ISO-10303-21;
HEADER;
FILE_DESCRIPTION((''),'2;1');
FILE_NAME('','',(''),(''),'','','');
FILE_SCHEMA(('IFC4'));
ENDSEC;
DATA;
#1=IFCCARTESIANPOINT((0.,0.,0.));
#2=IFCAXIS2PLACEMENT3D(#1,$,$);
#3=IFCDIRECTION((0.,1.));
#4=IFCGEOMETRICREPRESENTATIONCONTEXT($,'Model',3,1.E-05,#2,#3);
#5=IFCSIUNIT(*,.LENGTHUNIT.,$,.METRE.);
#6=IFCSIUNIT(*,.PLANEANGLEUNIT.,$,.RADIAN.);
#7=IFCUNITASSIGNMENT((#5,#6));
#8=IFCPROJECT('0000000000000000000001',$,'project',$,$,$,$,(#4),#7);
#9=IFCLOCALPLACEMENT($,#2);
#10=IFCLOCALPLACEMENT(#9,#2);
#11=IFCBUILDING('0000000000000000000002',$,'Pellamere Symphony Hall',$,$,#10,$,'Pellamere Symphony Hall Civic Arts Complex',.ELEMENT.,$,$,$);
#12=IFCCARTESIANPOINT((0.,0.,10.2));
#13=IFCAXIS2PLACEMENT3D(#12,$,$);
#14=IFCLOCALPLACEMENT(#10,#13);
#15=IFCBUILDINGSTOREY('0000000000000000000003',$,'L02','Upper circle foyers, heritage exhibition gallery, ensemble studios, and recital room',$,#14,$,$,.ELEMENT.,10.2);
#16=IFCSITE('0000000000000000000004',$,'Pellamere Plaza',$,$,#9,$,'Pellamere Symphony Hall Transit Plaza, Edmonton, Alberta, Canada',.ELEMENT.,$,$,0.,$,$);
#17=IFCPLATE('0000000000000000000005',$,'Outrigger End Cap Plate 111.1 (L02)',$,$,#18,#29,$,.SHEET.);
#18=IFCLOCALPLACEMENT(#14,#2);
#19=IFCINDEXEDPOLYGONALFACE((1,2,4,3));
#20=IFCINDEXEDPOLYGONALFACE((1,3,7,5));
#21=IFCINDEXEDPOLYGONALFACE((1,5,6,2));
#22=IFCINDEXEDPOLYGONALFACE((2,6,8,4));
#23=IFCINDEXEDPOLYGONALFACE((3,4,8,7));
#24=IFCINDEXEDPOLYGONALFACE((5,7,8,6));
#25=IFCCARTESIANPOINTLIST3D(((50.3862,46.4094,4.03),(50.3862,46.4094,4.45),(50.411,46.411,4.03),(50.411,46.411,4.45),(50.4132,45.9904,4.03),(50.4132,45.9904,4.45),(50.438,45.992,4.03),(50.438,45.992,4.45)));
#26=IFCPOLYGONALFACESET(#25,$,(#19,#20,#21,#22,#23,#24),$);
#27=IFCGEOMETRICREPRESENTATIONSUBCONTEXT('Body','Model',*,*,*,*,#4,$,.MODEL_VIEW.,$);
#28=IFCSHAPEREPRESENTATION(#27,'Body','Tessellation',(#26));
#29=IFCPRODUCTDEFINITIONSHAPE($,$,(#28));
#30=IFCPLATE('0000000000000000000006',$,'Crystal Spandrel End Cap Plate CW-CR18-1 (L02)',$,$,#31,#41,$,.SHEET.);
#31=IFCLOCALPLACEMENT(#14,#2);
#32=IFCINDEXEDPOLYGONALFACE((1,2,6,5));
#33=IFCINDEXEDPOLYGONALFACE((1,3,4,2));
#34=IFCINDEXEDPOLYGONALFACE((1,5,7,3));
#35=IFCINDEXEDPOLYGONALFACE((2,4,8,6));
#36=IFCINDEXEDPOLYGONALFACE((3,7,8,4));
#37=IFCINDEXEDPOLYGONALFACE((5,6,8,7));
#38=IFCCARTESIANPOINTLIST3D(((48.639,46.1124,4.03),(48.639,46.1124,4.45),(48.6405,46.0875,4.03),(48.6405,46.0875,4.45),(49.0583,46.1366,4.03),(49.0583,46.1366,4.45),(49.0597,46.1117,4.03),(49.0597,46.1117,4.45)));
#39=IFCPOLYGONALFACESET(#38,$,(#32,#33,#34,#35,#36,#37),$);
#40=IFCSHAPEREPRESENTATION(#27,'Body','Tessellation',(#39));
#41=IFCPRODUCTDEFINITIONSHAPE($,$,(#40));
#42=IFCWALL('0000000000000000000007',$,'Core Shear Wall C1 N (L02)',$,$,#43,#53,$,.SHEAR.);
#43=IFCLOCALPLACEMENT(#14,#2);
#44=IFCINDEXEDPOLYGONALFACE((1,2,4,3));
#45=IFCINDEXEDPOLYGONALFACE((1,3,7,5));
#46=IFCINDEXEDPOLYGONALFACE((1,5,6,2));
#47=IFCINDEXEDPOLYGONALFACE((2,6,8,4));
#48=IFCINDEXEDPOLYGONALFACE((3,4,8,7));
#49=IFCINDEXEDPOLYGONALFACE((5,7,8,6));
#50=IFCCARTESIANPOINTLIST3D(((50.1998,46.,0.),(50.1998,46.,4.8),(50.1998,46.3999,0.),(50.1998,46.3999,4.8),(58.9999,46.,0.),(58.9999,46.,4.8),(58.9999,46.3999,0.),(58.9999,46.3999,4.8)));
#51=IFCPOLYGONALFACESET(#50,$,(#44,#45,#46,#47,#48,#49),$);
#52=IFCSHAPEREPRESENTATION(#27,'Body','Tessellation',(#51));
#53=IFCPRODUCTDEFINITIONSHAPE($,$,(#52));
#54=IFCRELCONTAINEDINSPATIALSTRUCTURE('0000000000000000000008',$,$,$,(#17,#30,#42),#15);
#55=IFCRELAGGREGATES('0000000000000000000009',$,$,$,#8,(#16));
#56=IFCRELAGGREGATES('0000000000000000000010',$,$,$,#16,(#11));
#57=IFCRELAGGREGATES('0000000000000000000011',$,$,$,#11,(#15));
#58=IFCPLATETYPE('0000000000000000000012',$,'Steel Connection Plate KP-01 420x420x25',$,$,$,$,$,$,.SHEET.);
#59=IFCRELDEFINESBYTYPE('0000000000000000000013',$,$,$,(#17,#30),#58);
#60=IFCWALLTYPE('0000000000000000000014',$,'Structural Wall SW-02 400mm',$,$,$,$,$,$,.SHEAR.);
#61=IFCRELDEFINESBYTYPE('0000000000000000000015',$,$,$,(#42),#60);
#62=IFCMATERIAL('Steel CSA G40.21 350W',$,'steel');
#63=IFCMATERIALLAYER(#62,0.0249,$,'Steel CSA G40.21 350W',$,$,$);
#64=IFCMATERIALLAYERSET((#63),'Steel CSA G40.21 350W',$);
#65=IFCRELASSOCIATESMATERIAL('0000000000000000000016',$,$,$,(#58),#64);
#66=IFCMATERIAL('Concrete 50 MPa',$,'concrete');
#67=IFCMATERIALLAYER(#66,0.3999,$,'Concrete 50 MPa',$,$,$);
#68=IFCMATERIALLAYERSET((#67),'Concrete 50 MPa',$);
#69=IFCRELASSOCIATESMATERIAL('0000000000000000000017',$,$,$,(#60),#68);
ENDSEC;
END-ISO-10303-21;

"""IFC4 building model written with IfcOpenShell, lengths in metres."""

from ifc_helpers import new_model, si_unit, direction, frame, frame_2d, origin, origin_2d, place, context, subcontext, project, spatial, rectangle, extrude, material, layer, layer_set, type_object, element, save


model = new_model("IFC4")

# Units and contexts
model_context = context("Model", 3, precision=1e-05, world=origin(), true_north=direction((0.0, 1.0)))
body_context = subcontext(model_context, "Body", "Model", "MODEL_VIEW")
ifc_project = project(units=[si_unit("LENGTHUNIT", "METRE"), si_unit("PLANEANGLEUNIT", "RADIAN")], contexts=[model_context])

# Site, building, storey
site_placement = place(None, origin())
site = spatial("IfcSite", under=ifc_project, at=site_placement, Name="Pellamere Plaza", LongName="Pellamere Symphony Hall Transit Plaza, Edmonton, Alberta, Canada", CompositionType="ELEMENT", RefElevation=0.0)
building_placement = place(site_placement, origin())
building = spatial("IfcBuilding", under=site, at=building_placement, Name="Pellamere Symphony Hall", LongName="Pellamere Symphony Hall Civic Arts Complex", CompositionType="ELEMENT")
storey_placement = place(building_placement, frame((0.0, 0.0, 10.2)))
storey = spatial("IfcBuildingStorey", under=building, at=storey_placement, Name="L02", Description="Upper circle foyers, heritage exhibition gallery, ensemble studios, and recital room", CompositionType="ELEMENT", Elevation=10.2)

# Shared definitions
ifc_material_1 = material(Name="Steel CSA G40.21 350W", Category="steel")

# Plates
ifc_layer_1 = layer(ifc_material_1, 0.0249, Name="Steel CSA G40.21 350W")
ifc_layer_set_1 = layer_set([ifc_layer_1], Name="Steel CSA G40.21 350W")
plate_type_1 = type_object("IfcPlateType", Name="Steel Connection Plate KP-01 420x420x25", PredefinedType="SHEET", material=ifc_layer_set_1)
for number, where, z_axis, x_axis, name in (
    (1, (50.4121, 46.2007, 4.03), (0.0, 0.0, 1.0), (-0.997927, -0.064358, 0.0), "Outrigger End Cap Plate 111.1 (L02)"),
    (2, (48.8494, 46.1121, 4.03), (0.0, 0.0, 1.0), (0.057564, -0.998342, 0.0), "Crystal Spandrel End Cap Plate CW-CR18-1 (L02)"),
):
    element("IfcPlate", number, at=place(storey_placement, frame(where, z_axis=z_axis, x_axis=x_axis)), inside=storey, type_object=plate_type_1, Name=name, PredefinedType="SHEET", context=body_context, shape_type="SweptSolid", body=[
        extrude(rectangle(XDim=0.0249, YDim=0.4199, at=origin_2d()), origin(), (0.0, 0.0, 1.0), 0.4199),
    ])

# Wall
ifc_material_2 = material(Name="Concrete 50 MPa", Category="concrete")
ifc_layer_2 = layer(ifc_material_2, 0.3999, Name="Concrete 50 MPa")
ifc_layer_set_2 = layer_set([ifc_layer_2], Name="Concrete 50 MPa")
wall_type = type_object("IfcWallType", Name="Structural Wall SW-02 400mm", PredefinedType="SHEAR", material=ifc_layer_set_2)
wall_placement = place(storey_placement, frame((50.2, 46.2, 0.0), z_axis=(0.0, 0.0, 1.0), x_axis=(1.0, 0.0, 0.0)))
element("IfcWall", 3, at=wall_placement, inside=storey, type_object=wall_type, Name="Core Shear Wall C1 N (L02)", PredefinedType="SHEAR", context=body_context, shape_type="SweptSolid", body=[
    extrude(rectangle(XDim=8.8, YDim=0.3999, at=frame_2d((4.3999, 0.0))), origin(), (0.0, 0.0, 1.0), 4.8),
])

save(model, "model.ifc")
